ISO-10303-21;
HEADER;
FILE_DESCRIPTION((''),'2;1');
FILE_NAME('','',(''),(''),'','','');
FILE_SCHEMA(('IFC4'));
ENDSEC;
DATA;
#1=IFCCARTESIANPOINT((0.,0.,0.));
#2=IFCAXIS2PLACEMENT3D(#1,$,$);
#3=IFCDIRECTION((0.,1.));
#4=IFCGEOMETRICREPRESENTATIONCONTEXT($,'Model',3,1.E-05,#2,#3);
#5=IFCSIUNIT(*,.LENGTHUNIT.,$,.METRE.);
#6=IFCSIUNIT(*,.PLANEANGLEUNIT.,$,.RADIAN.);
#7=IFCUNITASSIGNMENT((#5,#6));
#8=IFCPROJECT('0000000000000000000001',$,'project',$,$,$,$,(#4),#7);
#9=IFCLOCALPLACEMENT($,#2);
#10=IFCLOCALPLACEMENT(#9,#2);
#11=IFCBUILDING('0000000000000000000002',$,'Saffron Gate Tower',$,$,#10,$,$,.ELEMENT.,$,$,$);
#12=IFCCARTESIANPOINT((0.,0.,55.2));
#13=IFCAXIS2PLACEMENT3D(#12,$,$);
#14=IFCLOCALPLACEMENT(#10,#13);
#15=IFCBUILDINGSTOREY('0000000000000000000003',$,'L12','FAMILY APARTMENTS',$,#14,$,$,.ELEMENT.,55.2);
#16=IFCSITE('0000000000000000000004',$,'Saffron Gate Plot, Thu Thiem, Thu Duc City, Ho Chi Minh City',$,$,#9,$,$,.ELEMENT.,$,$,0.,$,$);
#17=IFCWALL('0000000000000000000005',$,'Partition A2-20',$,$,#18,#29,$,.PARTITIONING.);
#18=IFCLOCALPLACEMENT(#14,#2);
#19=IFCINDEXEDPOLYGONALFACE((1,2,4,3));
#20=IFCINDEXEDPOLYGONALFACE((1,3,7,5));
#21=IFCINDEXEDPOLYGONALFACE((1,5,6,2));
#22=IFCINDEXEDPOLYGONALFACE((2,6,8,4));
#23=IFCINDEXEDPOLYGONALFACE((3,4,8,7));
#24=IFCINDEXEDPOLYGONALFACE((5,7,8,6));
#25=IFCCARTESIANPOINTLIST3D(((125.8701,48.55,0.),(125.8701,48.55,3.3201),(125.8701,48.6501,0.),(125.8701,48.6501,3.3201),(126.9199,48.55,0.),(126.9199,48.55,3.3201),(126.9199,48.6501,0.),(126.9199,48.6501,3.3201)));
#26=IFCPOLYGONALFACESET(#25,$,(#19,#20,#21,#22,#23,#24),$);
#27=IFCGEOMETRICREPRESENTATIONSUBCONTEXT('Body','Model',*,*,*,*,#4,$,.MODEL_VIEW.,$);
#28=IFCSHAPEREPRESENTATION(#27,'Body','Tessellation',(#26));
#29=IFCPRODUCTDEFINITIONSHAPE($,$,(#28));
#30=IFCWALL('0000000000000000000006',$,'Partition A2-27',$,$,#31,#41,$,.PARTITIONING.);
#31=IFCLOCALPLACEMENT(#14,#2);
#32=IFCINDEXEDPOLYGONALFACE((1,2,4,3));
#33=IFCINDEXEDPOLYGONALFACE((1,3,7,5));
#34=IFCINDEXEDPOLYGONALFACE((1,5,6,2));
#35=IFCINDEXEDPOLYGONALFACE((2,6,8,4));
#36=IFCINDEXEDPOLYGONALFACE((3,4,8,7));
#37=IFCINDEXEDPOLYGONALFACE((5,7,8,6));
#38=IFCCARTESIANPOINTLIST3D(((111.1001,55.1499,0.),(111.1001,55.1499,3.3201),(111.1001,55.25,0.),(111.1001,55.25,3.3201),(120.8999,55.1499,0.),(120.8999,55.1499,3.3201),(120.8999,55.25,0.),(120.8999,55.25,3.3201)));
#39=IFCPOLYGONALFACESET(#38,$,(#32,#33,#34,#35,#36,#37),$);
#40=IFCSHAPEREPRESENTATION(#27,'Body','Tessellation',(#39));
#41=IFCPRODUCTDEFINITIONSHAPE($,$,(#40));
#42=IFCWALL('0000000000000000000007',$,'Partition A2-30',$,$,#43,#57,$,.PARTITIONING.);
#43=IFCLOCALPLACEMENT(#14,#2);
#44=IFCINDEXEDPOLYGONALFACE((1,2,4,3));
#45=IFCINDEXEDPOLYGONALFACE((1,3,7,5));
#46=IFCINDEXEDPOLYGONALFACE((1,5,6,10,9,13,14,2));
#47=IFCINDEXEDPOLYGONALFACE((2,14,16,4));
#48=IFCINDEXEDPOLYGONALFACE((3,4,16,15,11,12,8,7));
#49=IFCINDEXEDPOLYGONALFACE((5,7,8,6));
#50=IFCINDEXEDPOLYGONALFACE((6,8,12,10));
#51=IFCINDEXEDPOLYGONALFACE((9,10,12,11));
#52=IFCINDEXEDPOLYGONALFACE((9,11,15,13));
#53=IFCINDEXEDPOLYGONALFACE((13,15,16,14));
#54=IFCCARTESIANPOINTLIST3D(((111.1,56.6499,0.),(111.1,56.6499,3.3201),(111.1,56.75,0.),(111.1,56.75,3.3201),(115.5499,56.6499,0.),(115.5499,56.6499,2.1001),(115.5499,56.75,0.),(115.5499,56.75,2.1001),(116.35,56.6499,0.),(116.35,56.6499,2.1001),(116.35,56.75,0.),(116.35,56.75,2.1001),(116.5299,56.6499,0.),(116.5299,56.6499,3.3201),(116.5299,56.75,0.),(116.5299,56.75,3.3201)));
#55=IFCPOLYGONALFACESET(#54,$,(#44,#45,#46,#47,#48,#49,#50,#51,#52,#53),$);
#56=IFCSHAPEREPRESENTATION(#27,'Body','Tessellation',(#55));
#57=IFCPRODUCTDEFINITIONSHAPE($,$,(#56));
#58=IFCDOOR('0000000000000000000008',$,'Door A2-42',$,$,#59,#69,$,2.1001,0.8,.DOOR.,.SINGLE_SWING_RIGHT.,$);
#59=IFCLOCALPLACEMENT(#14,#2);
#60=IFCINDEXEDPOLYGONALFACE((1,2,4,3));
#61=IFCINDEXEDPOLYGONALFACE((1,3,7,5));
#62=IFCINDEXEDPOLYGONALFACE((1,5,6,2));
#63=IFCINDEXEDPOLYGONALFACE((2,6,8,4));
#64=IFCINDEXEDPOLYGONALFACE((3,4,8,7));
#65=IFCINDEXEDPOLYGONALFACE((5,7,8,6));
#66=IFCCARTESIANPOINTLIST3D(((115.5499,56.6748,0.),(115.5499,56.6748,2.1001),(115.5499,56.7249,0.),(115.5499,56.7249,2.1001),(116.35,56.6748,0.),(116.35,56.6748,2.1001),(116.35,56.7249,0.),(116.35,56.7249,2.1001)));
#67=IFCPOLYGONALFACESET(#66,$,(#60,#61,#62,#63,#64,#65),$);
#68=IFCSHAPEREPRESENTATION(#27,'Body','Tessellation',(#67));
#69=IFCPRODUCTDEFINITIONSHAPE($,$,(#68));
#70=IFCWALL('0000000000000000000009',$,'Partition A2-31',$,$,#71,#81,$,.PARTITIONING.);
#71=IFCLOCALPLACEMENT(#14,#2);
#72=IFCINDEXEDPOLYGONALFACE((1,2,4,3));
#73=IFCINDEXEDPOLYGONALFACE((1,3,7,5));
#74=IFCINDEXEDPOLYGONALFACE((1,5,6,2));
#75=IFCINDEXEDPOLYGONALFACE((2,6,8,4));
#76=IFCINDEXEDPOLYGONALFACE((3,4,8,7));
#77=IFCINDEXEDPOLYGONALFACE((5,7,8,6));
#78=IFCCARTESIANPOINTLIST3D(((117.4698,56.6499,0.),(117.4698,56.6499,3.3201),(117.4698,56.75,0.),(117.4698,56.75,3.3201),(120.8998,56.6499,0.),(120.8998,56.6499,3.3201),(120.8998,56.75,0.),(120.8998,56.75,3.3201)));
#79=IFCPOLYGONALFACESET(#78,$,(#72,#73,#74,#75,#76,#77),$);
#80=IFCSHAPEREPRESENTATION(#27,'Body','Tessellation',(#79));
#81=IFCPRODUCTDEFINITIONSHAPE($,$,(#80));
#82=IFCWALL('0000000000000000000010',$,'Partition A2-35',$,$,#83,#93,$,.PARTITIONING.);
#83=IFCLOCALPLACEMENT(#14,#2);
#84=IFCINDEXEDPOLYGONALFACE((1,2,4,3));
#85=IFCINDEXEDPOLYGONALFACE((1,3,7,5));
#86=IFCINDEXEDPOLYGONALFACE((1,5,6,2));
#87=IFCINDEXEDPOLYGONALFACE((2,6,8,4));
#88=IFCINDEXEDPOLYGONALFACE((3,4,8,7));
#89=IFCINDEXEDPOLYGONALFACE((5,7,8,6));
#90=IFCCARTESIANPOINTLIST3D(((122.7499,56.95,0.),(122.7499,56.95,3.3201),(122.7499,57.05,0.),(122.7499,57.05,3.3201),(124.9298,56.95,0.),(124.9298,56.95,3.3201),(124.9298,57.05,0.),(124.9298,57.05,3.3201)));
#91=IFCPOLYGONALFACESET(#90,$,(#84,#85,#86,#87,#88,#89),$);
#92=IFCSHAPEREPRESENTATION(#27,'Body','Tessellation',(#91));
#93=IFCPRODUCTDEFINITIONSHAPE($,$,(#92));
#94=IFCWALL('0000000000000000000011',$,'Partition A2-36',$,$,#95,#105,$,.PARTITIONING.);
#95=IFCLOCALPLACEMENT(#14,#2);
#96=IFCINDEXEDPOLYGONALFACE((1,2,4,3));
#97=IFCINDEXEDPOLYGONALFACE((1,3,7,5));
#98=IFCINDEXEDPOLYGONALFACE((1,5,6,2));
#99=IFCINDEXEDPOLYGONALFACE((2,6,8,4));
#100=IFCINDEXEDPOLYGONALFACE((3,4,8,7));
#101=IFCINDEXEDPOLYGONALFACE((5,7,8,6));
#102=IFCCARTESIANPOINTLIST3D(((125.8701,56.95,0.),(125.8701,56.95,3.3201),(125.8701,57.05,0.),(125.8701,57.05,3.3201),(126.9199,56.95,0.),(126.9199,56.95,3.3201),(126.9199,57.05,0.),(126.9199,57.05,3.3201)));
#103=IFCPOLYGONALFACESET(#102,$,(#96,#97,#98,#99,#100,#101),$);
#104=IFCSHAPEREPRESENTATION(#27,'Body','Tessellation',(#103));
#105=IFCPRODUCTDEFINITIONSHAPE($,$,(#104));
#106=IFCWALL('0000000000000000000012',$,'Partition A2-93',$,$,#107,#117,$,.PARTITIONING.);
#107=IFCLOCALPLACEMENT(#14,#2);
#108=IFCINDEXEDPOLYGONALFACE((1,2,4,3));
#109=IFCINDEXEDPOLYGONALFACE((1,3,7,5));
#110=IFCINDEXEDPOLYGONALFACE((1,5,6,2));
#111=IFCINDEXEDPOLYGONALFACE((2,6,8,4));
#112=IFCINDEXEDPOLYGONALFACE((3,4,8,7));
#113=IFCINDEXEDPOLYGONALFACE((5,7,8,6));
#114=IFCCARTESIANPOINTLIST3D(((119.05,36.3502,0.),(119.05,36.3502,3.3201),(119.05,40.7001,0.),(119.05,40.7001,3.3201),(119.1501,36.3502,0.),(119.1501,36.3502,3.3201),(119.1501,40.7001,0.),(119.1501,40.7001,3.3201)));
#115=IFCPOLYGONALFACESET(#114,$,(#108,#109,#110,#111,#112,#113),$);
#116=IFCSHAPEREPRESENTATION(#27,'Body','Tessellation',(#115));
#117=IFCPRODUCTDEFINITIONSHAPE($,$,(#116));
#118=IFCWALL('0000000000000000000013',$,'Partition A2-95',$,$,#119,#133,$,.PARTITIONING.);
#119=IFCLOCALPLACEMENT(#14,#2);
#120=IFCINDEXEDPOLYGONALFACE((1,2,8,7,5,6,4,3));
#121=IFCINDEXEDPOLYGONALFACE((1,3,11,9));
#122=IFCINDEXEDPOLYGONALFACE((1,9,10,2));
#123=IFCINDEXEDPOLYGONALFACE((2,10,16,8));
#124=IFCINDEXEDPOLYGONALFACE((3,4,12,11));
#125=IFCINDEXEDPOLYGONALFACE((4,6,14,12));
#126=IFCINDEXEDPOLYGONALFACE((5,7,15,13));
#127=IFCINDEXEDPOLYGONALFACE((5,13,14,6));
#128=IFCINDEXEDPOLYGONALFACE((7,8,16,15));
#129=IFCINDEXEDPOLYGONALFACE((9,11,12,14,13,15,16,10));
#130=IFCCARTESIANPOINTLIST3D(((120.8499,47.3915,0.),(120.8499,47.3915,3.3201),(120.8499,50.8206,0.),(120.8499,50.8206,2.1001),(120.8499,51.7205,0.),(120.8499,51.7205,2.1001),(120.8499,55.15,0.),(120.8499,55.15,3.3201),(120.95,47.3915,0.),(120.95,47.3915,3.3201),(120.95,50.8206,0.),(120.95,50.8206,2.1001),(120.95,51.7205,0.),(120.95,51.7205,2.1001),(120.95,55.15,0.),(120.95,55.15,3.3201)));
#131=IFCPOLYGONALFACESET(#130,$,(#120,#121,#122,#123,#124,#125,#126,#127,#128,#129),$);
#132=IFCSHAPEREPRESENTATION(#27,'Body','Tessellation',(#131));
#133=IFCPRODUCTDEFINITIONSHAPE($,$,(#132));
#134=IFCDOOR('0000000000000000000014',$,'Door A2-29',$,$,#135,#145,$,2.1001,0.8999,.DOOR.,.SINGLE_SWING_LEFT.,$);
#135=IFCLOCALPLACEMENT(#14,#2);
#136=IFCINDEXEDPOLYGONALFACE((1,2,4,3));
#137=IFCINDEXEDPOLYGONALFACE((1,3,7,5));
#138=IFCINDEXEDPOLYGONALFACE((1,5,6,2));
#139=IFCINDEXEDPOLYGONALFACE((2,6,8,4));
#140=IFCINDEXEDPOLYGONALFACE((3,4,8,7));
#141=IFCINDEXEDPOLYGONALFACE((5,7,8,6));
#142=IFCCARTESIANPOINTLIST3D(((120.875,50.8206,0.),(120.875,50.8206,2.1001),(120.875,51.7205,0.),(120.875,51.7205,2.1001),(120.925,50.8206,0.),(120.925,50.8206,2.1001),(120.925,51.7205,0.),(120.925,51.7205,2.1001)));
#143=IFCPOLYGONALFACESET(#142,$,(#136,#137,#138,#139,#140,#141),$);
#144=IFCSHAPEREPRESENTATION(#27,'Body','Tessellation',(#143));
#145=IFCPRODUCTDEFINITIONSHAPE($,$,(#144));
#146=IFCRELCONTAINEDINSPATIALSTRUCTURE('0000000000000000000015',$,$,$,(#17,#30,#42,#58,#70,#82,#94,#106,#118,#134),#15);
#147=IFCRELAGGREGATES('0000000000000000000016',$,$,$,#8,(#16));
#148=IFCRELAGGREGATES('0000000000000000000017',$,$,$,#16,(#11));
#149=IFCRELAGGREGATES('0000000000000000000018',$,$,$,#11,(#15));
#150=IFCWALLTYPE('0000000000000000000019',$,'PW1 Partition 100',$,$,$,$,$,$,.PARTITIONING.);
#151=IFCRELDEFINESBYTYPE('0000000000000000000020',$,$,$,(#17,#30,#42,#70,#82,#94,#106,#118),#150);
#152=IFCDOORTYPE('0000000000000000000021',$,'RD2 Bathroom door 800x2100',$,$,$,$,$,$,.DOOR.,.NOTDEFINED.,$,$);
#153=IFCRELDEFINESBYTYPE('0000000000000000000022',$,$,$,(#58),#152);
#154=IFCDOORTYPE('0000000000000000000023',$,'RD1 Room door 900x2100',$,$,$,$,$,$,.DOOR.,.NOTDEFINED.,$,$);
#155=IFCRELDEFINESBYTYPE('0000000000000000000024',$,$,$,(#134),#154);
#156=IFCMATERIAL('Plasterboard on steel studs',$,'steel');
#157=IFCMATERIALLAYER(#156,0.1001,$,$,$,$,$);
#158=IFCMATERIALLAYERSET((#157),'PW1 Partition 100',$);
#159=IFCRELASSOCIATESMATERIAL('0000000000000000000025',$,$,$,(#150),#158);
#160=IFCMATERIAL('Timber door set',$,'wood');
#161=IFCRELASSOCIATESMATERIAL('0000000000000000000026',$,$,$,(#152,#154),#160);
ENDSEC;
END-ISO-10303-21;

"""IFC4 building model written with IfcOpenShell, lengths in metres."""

from ifc_helpers import new_model, si_unit, direction, frame, frame_2d, origin, place, context, subcontext, project, spatial, rectangle, extrude, material, layer, layer_set, type_object, element, fill, save


model = new_model("IFC4")

# Units and contexts
model_context = context("Model", 3, precision=1e-05, world=origin(), true_north=direction((0.0, 1.0)))
body_context = subcontext(model_context, "Body", "Model", "MODEL_VIEW")
ifc_project = project(units=[si_unit("LENGTHUNIT", "METRE"), si_unit("PLANEANGLEUNIT", "RADIAN")], contexts=[model_context])

# Site, building, storey
site_placement = place(None, origin())
site = spatial("IfcSite", under=ifc_project, at=site_placement, Name="Saffron Gate Plot, Thu Thiem, Thu Duc City, Ho Chi Minh City", CompositionType="ELEMENT", RefElevation=0.0)
building_placement = place(site_placement, origin())
building = spatial("IfcBuilding", under=site, at=building_placement, Name="Saffron Gate Tower", CompositionType="ELEMENT")
storey_placement = place(building_placement, frame((0.0, 0.0, 55.2)))
storey = spatial("IfcBuildingStorey", under=building, at=storey_placement, Name="L12", Description="FAMILY APARTMENTS", CompositionType="ELEMENT", Elevation=55.2)

# Walls
ifc_material_1 = material(Name="Plasterboard on steel studs", Category="steel")
ifc_layer_1 = layer(ifc_material_1, 0.1001)
ifc_layer_set_1 = layer_set([ifc_layer_1], Name="PW1 Partition 100")
wall_type_1 = type_object("IfcWallType", Name="PW1 Partition 100", PredefinedType="PARTITIONING", material=ifc_layer_set_1)
wall_1_placement = place(storey_placement, frame((125.8701, 48.6001, 0.0), z_axis=(0.0, 0.0, 1.0), x_axis=(1.0, 0.0, 0.0)))
element("IfcWall", 1, at=wall_1_placement, inside=storey, type_object=wall_type_1, Name="Partition A2-20", PredefinedType="PARTITIONING", context=body_context, shape_type="SweptSolid", body=[
    extrude(rectangle(XDim=1.0498, YDim=0.1001, at=frame_2d((0.5249, 0.0))), origin(), (0.0, 0.0, 1.0), 3.3201),
])
wall_2_placement = place(storey_placement, frame((111.1001, 55.2, 0.0), z_axis=(0.0, 0.0, 1.0), x_axis=(1.0, 0.0, 0.0)))
element("IfcWall", 2, at=wall_2_placement, inside=storey, type_object=wall_type_1, Name="Partition A2-27", PredefinedType="PARTITIONING", context=body_context, shape_type="SweptSolid", body=[
    extrude(rectangle(XDim=9.7998, YDim=0.1001, at=frame_2d((4.8999, 0.0))), origin(), (0.0, 0.0, 1.0), 3.3201),
])

# Wall, opening, door
wall_3_placement = place(storey_placement, frame((111.1001, 56.7, 0.0), z_axis=(0.0, 0.0, 1.0), x_axis=(1.0, 0.0, 0.0)))
wall_3 = element("IfcWall", 3, at=wall_3_placement, inside=storey, type_object=wall_type_1, Name="Partition A2-30", PredefinedType="PARTITIONING", context=body_context, shape_type="SweptSolid", body=[
    extrude(rectangle(XDim=5.4299, YDim=0.1001, at=frame_2d((2.7148, 0.0))), origin(), (0.0, 0.0, 1.0), 3.3201),
])
opening_1_placement = place(wall_3_placement, frame((4.45, 0.0, 0.0)))
opening_1 = element("IfcOpeningElement", 4, at=opening_1_placement, cuts=wall_3, PredefinedType="OPENING", context=body_context, shape_type="SweptSolid", body=[
    extrude(rectangle(XDim=0.8, YDim=2.1001, at=frame_2d((0.3999, 1.05))), frame((0.0, 0.0601, 0.0), z_axis=(0.0, -1.0, 0.0), x_axis=(1.0, 0.0, 0.0)), (0.0, 0.0, 1.0), 0.1201),
])
ifc_material_2 = material(Name="Timber door set", Category="wood")
door_type_1 = type_object("IfcDoorType", Name="RD2 Bathroom door 800x2100", OperationType="NOTDEFINED", PredefinedType="DOOR", material=ifc_material_2)
door_1_placement = place(opening_1_placement, origin())
door_1 = element("IfcDoor", 5, at=door_1_placement, inside=storey, type_object=door_type_1, Name="Door A2-42", OperationType="SINGLE_SWING_RIGHT", OverallHeight=2.1001, OverallWidth=0.8, PredefinedType="DOOR", context=body_context, shape_type="SweptSolid", body=[
    extrude(rectangle(XDim=0.8, YDim=2.1001, at=frame_2d((0.3999, 1.05))), frame((0.0, 0.0249, 0.0), z_axis=(0.0, -1.0, 0.0), x_axis=(1.0, 0.0, 0.0)), (0.0, 0.0, 1.0), 0.05),
])
fill(opening_1, door_1)

# Walls
wall_4_placement = place(storey_placement, frame((117.47, 56.7, 0.0), z_axis=(0.0, 0.0, 1.0), x_axis=(1.0, 0.0, 0.0)))
element("IfcWall", 6, at=wall_4_placement, inside=storey, type_object=wall_type_1, Name="Partition A2-31", PredefinedType="PARTITIONING", context=body_context, shape_type="SweptSolid", body=[
    extrude(rectangle(XDim=3.4299, YDim=0.1001, at=frame_2d((1.7148, 0.0))), origin(), (0.0, 0.0, 1.0), 3.3201),
])
wall_5_placement = place(storey_placement, frame((122.75, 57.0, 0.0), z_axis=(0.0, 0.0, 1.0), x_axis=(1.0, 0.0, 0.0)))
element("IfcWall", 7, at=wall_5_placement, inside=storey, type_object=wall_type_1, Name="Partition A2-35", PredefinedType="PARTITIONING", context=body_context, shape_type="SweptSolid", body=[
    extrude(rectangle(XDim=2.1799, YDim=0.1001, at=frame_2d((1.0898, 0.0))), origin(), (0.0, 0.0, 1.0), 3.3201),
])
wall_6_placement = place(storey_placement, frame((125.8701, 57.0, 0.0), z_axis=(0.0, 0.0, 1.0), x_axis=(1.0, 0.0, 0.0)))
element("IfcWall", 8, at=wall_6_placement, inside=storey, type_object=wall_type_1, Name="Partition A2-36", PredefinedType="PARTITIONING", context=body_context, shape_type="SweptSolid", body=[
    extrude(rectangle(XDim=1.0498, YDim=0.1001, at=frame_2d((0.5249, 0.0))), origin(), (0.0, 0.0, 1.0), 3.3201),
])
wall_7_placement = place(storey_placement, frame((119.1001, 40.7, 0.0), z_axis=(0.0, 0.0, 1.0), x_axis=(0.0, -1.0, 0.0)))
element("IfcWall", 9, at=wall_7_placement, inside=storey, type_object=wall_type_1, Name="Partition A2-93", PredefinedType="PARTITIONING", context=body_context, shape_type="SweptSolid", body=[
    extrude(rectangle(XDim=4.3499, YDim=0.1001, at=frame_2d((2.1748, 0.0))), origin(), (0.0, 0.0, 1.0), 3.3201),
])

# Wall, opening, door
wall_8_placement = place(storey_placement, frame((120.8999, 47.3914, 0.0), z_axis=(0.0, 0.0, 1.0), x_axis=(0.0, 1.0, 0.0)))
wall_8 = element("IfcWall", 10, at=wall_8_placement, inside=storey, type_object=wall_type_1, Name="Partition A2-95", PredefinedType="PARTITIONING", context=body_context, shape_type="SweptSolid", body=[
    extrude(rectangle(XDim=7.7585, YDim=0.1001, at=frame_2d((3.8794, 0.0))), origin(), (0.0, 0.0, 1.0), 3.3201),
])
opening_2_placement = place(wall_8_placement, frame((3.4292, 0.0, 0.0)))
opening_2 = element("IfcOpeningElement", 11, at=opening_2_placement, cuts=wall_8, PredefinedType="OPENING", context=body_context, shape_type="SweptSolid", body=[
    extrude(rectangle(XDim=0.8999, YDim=2.1001, at=frame_2d((0.45, 1.05))), frame((0.0, 0.0601, 0.0), z_axis=(0.0, -1.0, 0.0), x_axis=(1.0, 0.0, 0.0)), (0.0, 0.0, 1.0), 0.1201),
])
door_type_2 = type_object("IfcDoorType", Name="RD1 Room door 900x2100", OperationType="NOTDEFINED", PredefinedType="DOOR", material=ifc_material_2)
door_2_placement = place(opening_2_placement, origin())
door_2 = element("IfcDoor", 12, at=door_2_placement, inside=storey, type_object=door_type_2, Name="Door A2-29", OperationType="SINGLE_SWING_LEFT", OverallHeight=2.1001, OverallWidth=0.8999, PredefinedType="DOOR", context=body_context, shape_type="SweptSolid", body=[
    extrude(rectangle(XDim=0.8999, YDim=2.1001, at=frame_2d((0.45, 1.05))), frame((0.0, 0.0249, 0.0), z_axis=(0.0, -1.0, 0.0), x_axis=(1.0, 0.0, 0.0)), (0.0, 0.0, 1.0), 0.05),
])
fill(opening_2, door_2)

save(model, "model.ifc")
